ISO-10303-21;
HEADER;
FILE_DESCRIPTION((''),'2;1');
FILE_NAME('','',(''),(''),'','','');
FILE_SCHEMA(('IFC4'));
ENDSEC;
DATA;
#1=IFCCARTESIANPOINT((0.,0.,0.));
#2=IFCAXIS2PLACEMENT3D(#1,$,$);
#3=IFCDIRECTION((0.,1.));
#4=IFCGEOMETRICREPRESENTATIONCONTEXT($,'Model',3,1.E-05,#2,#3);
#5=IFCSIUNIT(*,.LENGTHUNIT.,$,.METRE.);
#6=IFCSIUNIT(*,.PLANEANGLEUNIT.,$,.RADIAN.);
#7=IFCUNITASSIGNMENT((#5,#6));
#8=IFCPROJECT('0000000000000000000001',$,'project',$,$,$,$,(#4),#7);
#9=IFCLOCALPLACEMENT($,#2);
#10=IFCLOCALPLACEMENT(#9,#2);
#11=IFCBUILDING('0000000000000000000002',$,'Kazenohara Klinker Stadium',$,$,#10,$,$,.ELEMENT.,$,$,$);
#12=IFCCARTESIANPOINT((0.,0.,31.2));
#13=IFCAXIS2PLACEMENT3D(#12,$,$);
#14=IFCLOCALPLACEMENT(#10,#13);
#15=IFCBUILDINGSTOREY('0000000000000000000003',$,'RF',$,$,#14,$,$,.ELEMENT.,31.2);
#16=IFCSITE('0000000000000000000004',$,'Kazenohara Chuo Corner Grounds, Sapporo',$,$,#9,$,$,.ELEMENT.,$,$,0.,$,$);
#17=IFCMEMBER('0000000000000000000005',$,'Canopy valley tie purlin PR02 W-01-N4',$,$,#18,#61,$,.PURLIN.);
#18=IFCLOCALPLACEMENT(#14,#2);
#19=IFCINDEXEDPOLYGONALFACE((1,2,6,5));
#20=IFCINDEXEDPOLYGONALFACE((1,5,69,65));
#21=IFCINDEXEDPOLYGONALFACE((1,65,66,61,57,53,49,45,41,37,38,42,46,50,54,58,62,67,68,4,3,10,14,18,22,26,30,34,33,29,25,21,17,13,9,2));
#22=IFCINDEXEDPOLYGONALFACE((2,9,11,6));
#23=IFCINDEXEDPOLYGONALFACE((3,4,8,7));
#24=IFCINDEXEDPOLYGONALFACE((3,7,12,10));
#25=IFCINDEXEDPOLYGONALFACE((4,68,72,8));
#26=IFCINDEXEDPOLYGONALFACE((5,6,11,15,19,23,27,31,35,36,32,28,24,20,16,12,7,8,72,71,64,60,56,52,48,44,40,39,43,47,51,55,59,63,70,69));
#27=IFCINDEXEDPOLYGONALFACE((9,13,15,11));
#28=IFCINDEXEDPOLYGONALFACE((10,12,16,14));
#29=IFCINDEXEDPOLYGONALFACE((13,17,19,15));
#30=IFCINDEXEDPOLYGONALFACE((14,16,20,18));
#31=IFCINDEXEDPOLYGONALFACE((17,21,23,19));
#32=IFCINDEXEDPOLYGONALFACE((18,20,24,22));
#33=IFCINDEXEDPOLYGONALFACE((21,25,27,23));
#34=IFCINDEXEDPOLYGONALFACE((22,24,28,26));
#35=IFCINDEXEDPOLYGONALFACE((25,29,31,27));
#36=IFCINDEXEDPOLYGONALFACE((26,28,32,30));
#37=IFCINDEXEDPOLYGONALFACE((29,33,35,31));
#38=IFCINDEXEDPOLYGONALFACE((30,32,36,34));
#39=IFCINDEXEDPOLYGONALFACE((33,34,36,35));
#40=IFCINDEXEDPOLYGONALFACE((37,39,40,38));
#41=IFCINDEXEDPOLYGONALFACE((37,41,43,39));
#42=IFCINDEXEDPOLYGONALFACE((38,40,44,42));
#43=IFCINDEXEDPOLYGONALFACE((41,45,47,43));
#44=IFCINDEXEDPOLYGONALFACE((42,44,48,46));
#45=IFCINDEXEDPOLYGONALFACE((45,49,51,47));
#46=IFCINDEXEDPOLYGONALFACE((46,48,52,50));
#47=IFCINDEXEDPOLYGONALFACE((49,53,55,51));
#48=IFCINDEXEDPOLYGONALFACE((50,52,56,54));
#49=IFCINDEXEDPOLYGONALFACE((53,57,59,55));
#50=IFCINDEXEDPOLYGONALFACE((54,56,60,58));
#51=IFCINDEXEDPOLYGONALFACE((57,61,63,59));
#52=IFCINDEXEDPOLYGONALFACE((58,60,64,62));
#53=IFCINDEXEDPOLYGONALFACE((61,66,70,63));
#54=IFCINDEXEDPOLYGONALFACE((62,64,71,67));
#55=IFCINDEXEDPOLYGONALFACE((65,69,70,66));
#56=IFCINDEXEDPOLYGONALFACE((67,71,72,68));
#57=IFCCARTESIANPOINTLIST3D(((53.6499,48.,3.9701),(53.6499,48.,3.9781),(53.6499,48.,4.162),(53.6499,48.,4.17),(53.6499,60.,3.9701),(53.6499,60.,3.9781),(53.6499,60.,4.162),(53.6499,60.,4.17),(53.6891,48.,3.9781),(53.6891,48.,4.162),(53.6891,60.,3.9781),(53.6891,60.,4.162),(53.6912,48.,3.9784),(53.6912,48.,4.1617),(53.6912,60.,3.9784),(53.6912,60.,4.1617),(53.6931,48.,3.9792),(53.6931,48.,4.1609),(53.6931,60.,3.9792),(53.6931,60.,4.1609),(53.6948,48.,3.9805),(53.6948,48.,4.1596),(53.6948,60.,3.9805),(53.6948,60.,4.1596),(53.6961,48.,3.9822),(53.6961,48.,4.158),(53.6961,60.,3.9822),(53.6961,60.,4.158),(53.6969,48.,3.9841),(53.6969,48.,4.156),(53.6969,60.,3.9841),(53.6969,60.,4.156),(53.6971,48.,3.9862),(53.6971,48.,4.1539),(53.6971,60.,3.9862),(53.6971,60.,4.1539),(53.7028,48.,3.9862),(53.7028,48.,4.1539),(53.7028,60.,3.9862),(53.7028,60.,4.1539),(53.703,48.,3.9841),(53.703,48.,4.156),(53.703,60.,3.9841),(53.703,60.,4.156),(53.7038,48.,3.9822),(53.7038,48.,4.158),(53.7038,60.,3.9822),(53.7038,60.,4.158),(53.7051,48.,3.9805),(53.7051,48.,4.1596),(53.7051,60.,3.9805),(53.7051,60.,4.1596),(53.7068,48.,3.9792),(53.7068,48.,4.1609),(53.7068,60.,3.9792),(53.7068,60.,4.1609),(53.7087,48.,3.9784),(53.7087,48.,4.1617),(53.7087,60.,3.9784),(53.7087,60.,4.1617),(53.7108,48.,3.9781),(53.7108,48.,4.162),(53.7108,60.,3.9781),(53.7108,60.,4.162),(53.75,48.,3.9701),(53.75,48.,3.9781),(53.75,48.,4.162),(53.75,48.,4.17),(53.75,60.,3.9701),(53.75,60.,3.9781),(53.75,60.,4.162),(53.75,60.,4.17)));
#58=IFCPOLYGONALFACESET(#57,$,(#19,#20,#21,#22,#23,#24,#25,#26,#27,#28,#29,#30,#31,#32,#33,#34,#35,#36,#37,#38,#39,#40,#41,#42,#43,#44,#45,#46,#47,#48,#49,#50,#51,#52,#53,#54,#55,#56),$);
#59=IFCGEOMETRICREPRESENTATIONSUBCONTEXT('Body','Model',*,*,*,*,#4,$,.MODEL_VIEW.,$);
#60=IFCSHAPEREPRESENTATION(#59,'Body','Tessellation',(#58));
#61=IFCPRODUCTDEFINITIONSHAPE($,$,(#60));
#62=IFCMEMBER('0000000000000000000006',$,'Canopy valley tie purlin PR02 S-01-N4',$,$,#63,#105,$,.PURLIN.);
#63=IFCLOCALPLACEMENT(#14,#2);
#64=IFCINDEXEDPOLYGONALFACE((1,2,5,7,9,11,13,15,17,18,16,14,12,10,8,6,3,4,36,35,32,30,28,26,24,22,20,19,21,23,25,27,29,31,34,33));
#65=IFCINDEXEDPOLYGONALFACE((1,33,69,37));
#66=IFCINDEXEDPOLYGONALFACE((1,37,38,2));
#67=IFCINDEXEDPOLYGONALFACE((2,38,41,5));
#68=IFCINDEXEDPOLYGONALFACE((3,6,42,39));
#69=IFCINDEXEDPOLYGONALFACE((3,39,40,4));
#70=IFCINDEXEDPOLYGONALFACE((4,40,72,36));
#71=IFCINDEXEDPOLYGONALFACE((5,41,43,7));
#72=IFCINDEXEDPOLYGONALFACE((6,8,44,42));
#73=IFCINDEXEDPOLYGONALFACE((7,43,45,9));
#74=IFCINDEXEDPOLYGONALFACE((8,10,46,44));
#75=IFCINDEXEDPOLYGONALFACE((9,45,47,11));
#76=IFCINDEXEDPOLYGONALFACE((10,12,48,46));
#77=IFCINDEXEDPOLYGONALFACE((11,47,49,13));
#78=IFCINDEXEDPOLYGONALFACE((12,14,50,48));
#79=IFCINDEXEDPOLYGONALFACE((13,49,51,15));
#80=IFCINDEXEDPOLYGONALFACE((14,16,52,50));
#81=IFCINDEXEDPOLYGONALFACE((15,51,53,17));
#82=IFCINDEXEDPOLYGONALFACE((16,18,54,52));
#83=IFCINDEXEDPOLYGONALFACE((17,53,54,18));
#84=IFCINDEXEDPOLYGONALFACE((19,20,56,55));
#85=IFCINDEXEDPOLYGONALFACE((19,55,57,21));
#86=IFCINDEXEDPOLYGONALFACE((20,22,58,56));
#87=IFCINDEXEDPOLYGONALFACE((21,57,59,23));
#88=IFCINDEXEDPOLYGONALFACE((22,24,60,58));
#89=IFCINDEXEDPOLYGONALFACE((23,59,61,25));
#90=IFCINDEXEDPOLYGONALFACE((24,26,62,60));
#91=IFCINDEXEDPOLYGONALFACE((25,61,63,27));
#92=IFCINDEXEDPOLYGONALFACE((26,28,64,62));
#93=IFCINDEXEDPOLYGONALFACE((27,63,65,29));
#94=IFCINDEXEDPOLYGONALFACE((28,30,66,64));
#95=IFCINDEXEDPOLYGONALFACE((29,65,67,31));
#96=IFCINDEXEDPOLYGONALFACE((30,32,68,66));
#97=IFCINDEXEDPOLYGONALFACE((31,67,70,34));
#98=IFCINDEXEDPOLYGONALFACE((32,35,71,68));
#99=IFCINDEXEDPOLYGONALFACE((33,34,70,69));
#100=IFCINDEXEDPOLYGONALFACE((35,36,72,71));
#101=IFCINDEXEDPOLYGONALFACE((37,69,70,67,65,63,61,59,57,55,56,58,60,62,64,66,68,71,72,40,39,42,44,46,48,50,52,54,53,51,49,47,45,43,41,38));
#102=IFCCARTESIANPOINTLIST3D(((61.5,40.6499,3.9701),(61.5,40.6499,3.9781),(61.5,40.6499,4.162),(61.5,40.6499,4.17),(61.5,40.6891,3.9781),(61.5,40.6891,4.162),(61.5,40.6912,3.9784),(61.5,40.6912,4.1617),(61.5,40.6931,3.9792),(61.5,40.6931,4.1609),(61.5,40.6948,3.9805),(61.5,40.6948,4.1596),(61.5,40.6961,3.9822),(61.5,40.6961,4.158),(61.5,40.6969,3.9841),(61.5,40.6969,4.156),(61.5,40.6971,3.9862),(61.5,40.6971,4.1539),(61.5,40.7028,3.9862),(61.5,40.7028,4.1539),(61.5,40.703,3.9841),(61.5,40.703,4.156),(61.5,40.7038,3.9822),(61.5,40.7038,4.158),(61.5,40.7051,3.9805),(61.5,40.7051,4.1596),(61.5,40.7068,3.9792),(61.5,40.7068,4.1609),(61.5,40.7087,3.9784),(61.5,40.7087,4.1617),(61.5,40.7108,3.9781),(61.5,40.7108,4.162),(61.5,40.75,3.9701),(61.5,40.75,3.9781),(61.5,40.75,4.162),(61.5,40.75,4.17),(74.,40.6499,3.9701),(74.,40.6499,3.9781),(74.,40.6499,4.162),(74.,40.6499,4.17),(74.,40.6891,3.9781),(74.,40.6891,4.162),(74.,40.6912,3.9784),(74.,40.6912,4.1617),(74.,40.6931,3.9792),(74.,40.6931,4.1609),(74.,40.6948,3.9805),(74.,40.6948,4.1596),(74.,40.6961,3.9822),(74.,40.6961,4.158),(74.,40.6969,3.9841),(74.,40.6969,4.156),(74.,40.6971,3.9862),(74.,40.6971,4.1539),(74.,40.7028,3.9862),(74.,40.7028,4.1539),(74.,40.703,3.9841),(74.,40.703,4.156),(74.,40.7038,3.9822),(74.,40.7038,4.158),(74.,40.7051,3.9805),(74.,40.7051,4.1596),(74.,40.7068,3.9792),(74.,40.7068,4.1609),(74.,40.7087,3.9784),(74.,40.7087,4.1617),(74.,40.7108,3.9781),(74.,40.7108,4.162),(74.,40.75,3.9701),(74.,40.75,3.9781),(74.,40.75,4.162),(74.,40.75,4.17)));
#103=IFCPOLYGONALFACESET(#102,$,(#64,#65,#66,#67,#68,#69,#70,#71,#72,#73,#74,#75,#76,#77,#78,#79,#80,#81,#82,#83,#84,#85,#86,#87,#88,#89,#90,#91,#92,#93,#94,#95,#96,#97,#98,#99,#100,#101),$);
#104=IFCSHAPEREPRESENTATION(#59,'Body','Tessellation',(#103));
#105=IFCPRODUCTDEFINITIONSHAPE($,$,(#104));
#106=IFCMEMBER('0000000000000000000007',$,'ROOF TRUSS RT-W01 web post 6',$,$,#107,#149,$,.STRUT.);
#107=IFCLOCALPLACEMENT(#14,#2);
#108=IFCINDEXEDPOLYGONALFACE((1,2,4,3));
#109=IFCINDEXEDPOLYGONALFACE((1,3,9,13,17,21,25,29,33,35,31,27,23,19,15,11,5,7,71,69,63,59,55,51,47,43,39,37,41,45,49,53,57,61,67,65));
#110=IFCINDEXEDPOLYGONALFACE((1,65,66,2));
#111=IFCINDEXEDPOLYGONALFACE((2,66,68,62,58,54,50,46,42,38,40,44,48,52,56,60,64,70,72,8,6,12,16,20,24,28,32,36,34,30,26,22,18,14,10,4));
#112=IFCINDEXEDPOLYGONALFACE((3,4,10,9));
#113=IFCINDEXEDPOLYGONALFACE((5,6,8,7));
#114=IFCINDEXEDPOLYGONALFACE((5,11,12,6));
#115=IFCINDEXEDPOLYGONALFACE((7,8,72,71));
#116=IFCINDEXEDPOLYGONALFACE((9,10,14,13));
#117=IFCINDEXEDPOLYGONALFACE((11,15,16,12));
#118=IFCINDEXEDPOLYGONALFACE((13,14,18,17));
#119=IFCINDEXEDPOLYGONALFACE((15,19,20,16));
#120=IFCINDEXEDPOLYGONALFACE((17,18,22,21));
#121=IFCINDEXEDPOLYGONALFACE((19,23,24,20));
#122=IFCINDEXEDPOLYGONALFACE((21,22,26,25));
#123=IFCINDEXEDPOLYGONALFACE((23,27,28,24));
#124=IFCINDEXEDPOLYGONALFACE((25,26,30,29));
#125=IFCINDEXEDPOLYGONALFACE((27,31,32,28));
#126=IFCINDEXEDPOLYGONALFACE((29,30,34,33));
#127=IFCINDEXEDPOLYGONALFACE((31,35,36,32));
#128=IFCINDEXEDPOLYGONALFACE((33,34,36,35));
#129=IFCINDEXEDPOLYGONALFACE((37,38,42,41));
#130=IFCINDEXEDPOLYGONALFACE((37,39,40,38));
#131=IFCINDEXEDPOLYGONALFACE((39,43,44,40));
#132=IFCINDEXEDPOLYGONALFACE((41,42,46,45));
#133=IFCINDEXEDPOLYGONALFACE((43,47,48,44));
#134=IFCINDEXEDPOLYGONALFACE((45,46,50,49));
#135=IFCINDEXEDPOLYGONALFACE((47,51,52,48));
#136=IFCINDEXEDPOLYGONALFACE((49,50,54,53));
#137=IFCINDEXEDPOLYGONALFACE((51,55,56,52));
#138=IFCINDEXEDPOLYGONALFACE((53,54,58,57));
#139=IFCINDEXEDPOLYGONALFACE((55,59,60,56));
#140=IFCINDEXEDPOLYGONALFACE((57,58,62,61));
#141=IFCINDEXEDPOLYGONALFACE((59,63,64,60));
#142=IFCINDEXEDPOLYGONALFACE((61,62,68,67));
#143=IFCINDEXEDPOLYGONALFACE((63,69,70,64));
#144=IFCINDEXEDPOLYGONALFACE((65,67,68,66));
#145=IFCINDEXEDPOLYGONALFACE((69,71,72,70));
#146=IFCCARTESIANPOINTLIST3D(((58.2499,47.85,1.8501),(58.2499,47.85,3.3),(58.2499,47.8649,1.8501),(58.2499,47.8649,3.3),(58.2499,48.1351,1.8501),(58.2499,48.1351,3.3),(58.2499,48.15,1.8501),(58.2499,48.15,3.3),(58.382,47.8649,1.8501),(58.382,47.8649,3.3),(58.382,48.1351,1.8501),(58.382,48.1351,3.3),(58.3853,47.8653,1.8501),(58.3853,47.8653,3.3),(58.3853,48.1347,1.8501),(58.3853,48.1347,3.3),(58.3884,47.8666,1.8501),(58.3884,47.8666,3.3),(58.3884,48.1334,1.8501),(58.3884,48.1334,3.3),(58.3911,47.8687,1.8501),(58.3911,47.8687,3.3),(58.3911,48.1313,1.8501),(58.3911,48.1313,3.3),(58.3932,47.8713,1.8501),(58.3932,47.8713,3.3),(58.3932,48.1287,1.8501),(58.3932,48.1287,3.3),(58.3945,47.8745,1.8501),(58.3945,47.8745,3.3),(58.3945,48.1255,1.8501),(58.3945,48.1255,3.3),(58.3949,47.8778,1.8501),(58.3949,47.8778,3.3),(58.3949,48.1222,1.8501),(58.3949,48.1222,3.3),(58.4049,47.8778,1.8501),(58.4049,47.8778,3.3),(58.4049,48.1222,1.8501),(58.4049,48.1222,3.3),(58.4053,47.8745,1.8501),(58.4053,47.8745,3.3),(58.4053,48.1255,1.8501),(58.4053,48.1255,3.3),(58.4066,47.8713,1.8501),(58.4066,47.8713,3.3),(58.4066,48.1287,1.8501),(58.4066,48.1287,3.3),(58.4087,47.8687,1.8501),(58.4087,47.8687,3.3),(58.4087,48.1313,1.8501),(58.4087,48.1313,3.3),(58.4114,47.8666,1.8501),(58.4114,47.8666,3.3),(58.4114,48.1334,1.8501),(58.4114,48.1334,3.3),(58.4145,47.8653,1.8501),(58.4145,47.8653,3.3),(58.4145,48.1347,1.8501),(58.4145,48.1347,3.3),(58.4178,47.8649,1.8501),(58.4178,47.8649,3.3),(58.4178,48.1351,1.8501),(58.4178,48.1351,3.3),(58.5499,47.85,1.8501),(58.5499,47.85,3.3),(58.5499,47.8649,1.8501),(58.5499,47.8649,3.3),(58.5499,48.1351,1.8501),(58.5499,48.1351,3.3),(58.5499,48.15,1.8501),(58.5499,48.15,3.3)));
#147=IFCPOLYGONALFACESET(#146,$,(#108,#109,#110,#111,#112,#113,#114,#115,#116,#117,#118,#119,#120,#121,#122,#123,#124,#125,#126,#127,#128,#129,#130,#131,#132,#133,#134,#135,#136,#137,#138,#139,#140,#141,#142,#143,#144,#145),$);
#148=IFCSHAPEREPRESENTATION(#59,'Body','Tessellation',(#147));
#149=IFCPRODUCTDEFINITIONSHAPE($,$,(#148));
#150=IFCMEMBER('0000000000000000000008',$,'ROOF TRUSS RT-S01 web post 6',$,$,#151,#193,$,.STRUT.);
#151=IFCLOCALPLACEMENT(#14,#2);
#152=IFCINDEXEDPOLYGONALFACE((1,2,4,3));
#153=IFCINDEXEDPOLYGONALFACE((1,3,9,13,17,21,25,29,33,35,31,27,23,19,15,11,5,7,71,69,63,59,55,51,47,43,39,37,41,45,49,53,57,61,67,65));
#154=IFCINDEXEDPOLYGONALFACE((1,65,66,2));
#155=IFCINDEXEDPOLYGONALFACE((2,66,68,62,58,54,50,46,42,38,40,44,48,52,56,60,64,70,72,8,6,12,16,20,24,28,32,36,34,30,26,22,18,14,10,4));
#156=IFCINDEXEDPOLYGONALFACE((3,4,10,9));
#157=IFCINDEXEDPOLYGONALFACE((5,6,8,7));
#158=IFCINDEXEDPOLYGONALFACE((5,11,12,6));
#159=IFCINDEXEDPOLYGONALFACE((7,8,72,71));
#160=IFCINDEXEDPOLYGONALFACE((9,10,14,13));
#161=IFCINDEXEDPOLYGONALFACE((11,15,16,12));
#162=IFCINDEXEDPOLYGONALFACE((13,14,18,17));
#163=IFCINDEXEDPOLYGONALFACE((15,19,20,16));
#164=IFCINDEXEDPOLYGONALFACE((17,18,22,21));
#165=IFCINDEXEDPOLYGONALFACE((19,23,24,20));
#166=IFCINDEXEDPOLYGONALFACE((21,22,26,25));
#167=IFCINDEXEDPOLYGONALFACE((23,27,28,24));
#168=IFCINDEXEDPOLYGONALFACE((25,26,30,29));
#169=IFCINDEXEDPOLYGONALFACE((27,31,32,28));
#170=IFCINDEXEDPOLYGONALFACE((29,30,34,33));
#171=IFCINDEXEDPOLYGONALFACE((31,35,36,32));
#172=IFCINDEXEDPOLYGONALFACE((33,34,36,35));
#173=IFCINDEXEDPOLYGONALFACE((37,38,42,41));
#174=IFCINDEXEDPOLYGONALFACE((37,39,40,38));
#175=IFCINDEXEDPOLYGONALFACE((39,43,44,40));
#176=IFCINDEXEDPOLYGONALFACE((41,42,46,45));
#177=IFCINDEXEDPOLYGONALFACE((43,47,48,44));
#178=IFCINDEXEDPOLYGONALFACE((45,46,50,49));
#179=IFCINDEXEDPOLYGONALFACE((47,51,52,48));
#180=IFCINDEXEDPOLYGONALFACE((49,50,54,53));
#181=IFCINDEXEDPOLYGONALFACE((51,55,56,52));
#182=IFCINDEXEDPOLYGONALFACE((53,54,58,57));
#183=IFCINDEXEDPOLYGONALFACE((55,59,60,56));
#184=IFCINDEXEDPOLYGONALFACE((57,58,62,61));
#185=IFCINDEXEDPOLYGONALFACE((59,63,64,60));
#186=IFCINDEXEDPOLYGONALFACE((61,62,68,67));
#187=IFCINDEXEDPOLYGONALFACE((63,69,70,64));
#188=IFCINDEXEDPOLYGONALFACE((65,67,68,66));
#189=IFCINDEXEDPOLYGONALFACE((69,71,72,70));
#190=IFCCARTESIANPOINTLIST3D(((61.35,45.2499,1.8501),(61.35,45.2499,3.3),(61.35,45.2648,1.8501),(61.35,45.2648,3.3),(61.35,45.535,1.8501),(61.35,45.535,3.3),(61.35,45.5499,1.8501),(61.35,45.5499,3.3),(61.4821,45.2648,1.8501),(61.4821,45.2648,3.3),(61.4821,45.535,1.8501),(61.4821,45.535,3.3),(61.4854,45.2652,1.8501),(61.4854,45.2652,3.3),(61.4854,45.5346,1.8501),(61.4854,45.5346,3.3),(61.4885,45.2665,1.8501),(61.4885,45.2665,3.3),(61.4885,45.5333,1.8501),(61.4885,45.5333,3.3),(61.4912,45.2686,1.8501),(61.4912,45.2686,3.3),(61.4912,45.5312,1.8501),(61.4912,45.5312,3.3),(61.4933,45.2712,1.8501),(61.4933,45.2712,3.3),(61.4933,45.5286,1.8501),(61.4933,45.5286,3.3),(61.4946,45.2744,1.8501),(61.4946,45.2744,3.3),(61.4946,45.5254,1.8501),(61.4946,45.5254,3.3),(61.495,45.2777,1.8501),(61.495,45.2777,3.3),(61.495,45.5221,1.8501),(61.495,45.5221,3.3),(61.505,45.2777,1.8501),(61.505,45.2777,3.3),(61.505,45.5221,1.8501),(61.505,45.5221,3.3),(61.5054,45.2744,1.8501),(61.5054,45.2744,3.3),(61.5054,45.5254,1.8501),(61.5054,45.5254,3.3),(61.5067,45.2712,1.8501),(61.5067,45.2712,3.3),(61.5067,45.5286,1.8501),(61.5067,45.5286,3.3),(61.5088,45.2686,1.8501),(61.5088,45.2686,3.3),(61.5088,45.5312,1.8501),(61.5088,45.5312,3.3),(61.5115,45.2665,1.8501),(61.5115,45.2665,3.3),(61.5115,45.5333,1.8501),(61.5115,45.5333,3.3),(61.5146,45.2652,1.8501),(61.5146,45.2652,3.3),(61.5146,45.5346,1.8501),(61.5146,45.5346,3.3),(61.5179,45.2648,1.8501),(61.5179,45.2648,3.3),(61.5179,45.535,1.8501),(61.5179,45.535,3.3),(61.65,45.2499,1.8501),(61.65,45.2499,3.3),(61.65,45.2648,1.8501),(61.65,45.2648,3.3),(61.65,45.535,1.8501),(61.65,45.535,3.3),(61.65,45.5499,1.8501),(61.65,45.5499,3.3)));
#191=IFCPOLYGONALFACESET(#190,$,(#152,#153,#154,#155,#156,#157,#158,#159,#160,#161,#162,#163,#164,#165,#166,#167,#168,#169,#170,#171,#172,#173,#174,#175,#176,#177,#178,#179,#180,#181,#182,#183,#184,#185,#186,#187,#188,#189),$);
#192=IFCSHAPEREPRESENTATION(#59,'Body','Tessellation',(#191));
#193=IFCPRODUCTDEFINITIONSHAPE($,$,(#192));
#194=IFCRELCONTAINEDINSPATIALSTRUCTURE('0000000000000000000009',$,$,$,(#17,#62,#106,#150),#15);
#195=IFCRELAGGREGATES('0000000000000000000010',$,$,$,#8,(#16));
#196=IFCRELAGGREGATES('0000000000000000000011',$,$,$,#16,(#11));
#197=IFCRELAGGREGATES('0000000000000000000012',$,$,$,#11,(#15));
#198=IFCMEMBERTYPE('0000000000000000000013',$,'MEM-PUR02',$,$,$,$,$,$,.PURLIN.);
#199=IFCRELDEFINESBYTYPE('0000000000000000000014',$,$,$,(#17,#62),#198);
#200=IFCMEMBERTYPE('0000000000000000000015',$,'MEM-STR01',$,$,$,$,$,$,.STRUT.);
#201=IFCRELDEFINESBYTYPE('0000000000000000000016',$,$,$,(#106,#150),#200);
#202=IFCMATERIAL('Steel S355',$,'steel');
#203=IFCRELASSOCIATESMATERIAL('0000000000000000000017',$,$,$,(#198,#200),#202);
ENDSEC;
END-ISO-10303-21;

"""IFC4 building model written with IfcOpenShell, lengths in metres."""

from ifc_helpers import new_model, si_unit, direction, frame, origin, origin_2d, place, context, subcontext, project, spatial, i_section, extrude, material, material_profile, profile_set, type_object, element, save


model = new_model("IFC4")

# Units and contexts
model_context = context("Model", 3, precision=1e-05, world=origin(), true_north=direction((0.0, 1.0)))
body_context = subcontext(model_context, "Body", "Model", "MODEL_VIEW")
ifc_project = project(units=[si_unit("LENGTHUNIT", "METRE"), si_unit("PLANEANGLEUNIT", "RADIAN")], contexts=[model_context])

# Site, building, storey
site_placement = place(None, origin())
site = spatial("IfcSite", under=ifc_project, at=site_placement, Name="Kazenohara Chuo Corner Grounds, Sapporo", CompositionType="ELEMENT", RefElevation=0.0)
building_placement = place(site_placement, origin())
building = spatial("IfcBuilding", under=site, at=building_placement, Name="Kazenohara Klinker Stadium", CompositionType="ELEMENT")
storey_placement = place(building_placement, frame((0.0, 0.0, 31.2)))
storey = spatial("IfcBuildingStorey", under=building, at=storey_placement, Name="RF", CompositionType="ELEMENT", Elevation=31.2)

# Members
ifc_material = material(Name="Steel S355", Category="steel")
ifc_material_profile_1 = material_profile(ifc_material, i_section(OverallWidth=0.1001, OverallDepth=0.2, WebThickness=0.0056, FlangeThickness=0.0081, FilletRadius=0.0081, at=origin_2d()), Name="H-200x100x5.5x8")
ifc_profile_set_1 = profile_set([ifc_material_profile_1], Name="Steel S355")
member_type_1 = type_object("IfcMemberType", Name="MEM-PUR02", PredefinedType="PURLIN", material=ifc_profile_set_1)
member_1_placement = place(storey_placement, frame((53.7, 48.0, 4.0701), z_axis=(0.0, 1.0, 0.0), x_axis=(-1.0, 0.0, 0.0)))
element("IfcMember", 1, at=member_1_placement, inside=storey, type_object=member_type_1, Name="Canopy valley tie purlin PR02 W-01-N4", PredefinedType="PURLIN", context=body_context, shape_type="SweptSolid", body=[
    extrude(i_section(OverallWidth=0.1001, OverallDepth=0.2, WebThickness=0.0056, FlangeThickness=0.0081, FilletRadius=0.0081, at=origin_2d()), origin(), (0.0, 0.0, 1.0), 12.0),
])
member_2_placement = place(storey_placement, frame((61.5, 40.7, 4.0701), z_axis=(1.0, 0.0, 0.0), x_axis=(0.0, 1.0, 0.0)))
element("IfcMember", 2, at=member_2_placement, inside=storey, type_object=member_type_1, Name="Canopy valley tie purlin PR02 S-01-N4", PredefinedType="PURLIN", context=body_context, shape_type="SweptSolid", body=[
    extrude(i_section(OverallWidth=0.1001, OverallDepth=0.2, WebThickness=0.0056, FlangeThickness=0.0081, FilletRadius=0.0081, at=origin_2d()), origin(), (0.0, 0.0, 1.0), 12.5),
])
ifc_material_profile_2 = material_profile(ifc_material, i_section(OverallWidth=0.3, OverallDepth=0.3, WebThickness=0.01, FlangeThickness=0.0149, FilletRadius=0.0129, at=origin_2d()), Name="H-300x300x10x15")
ifc_profile_set_2 = profile_set([ifc_material_profile_2], Name="Steel S355")
member_type_2 = type_object("IfcMemberType", Name="MEM-STR01", PredefinedType="STRUT", material=ifc_profile_set_2)
for number, where, z_axis, x_axis, name in (
    (3, (58.3999, 48.0, 1.8501), (0.0, 0.0, 1.0), (1.0, 0.0, 0.0), "ROOF TRUSS RT-W01 web post 6"),
    (4, (61.5, 45.3999, 1.8501), (0.0, 0.0, 1.0), (1.0, 0.0, 0.0), "ROOF TRUSS RT-S01 web post 6"),
):
    element("IfcMember", number, at=place(storey_placement, frame(where, z_axis=z_axis, x_axis=x_axis)), inside=storey, type_object=member_type_2, Name=name, PredefinedType="STRUT", context=body_context, shape_type="SweptSolid", body=[
        extrude(i_section(OverallWidth=0.3, OverallDepth=0.3, WebThickness=0.01, FlangeThickness=0.0149, FilletRadius=0.0129, at=origin_2d()), origin(), (0.0, 0.0, 1.0), 1.45),
    ])

save(model, "model.ifc")
